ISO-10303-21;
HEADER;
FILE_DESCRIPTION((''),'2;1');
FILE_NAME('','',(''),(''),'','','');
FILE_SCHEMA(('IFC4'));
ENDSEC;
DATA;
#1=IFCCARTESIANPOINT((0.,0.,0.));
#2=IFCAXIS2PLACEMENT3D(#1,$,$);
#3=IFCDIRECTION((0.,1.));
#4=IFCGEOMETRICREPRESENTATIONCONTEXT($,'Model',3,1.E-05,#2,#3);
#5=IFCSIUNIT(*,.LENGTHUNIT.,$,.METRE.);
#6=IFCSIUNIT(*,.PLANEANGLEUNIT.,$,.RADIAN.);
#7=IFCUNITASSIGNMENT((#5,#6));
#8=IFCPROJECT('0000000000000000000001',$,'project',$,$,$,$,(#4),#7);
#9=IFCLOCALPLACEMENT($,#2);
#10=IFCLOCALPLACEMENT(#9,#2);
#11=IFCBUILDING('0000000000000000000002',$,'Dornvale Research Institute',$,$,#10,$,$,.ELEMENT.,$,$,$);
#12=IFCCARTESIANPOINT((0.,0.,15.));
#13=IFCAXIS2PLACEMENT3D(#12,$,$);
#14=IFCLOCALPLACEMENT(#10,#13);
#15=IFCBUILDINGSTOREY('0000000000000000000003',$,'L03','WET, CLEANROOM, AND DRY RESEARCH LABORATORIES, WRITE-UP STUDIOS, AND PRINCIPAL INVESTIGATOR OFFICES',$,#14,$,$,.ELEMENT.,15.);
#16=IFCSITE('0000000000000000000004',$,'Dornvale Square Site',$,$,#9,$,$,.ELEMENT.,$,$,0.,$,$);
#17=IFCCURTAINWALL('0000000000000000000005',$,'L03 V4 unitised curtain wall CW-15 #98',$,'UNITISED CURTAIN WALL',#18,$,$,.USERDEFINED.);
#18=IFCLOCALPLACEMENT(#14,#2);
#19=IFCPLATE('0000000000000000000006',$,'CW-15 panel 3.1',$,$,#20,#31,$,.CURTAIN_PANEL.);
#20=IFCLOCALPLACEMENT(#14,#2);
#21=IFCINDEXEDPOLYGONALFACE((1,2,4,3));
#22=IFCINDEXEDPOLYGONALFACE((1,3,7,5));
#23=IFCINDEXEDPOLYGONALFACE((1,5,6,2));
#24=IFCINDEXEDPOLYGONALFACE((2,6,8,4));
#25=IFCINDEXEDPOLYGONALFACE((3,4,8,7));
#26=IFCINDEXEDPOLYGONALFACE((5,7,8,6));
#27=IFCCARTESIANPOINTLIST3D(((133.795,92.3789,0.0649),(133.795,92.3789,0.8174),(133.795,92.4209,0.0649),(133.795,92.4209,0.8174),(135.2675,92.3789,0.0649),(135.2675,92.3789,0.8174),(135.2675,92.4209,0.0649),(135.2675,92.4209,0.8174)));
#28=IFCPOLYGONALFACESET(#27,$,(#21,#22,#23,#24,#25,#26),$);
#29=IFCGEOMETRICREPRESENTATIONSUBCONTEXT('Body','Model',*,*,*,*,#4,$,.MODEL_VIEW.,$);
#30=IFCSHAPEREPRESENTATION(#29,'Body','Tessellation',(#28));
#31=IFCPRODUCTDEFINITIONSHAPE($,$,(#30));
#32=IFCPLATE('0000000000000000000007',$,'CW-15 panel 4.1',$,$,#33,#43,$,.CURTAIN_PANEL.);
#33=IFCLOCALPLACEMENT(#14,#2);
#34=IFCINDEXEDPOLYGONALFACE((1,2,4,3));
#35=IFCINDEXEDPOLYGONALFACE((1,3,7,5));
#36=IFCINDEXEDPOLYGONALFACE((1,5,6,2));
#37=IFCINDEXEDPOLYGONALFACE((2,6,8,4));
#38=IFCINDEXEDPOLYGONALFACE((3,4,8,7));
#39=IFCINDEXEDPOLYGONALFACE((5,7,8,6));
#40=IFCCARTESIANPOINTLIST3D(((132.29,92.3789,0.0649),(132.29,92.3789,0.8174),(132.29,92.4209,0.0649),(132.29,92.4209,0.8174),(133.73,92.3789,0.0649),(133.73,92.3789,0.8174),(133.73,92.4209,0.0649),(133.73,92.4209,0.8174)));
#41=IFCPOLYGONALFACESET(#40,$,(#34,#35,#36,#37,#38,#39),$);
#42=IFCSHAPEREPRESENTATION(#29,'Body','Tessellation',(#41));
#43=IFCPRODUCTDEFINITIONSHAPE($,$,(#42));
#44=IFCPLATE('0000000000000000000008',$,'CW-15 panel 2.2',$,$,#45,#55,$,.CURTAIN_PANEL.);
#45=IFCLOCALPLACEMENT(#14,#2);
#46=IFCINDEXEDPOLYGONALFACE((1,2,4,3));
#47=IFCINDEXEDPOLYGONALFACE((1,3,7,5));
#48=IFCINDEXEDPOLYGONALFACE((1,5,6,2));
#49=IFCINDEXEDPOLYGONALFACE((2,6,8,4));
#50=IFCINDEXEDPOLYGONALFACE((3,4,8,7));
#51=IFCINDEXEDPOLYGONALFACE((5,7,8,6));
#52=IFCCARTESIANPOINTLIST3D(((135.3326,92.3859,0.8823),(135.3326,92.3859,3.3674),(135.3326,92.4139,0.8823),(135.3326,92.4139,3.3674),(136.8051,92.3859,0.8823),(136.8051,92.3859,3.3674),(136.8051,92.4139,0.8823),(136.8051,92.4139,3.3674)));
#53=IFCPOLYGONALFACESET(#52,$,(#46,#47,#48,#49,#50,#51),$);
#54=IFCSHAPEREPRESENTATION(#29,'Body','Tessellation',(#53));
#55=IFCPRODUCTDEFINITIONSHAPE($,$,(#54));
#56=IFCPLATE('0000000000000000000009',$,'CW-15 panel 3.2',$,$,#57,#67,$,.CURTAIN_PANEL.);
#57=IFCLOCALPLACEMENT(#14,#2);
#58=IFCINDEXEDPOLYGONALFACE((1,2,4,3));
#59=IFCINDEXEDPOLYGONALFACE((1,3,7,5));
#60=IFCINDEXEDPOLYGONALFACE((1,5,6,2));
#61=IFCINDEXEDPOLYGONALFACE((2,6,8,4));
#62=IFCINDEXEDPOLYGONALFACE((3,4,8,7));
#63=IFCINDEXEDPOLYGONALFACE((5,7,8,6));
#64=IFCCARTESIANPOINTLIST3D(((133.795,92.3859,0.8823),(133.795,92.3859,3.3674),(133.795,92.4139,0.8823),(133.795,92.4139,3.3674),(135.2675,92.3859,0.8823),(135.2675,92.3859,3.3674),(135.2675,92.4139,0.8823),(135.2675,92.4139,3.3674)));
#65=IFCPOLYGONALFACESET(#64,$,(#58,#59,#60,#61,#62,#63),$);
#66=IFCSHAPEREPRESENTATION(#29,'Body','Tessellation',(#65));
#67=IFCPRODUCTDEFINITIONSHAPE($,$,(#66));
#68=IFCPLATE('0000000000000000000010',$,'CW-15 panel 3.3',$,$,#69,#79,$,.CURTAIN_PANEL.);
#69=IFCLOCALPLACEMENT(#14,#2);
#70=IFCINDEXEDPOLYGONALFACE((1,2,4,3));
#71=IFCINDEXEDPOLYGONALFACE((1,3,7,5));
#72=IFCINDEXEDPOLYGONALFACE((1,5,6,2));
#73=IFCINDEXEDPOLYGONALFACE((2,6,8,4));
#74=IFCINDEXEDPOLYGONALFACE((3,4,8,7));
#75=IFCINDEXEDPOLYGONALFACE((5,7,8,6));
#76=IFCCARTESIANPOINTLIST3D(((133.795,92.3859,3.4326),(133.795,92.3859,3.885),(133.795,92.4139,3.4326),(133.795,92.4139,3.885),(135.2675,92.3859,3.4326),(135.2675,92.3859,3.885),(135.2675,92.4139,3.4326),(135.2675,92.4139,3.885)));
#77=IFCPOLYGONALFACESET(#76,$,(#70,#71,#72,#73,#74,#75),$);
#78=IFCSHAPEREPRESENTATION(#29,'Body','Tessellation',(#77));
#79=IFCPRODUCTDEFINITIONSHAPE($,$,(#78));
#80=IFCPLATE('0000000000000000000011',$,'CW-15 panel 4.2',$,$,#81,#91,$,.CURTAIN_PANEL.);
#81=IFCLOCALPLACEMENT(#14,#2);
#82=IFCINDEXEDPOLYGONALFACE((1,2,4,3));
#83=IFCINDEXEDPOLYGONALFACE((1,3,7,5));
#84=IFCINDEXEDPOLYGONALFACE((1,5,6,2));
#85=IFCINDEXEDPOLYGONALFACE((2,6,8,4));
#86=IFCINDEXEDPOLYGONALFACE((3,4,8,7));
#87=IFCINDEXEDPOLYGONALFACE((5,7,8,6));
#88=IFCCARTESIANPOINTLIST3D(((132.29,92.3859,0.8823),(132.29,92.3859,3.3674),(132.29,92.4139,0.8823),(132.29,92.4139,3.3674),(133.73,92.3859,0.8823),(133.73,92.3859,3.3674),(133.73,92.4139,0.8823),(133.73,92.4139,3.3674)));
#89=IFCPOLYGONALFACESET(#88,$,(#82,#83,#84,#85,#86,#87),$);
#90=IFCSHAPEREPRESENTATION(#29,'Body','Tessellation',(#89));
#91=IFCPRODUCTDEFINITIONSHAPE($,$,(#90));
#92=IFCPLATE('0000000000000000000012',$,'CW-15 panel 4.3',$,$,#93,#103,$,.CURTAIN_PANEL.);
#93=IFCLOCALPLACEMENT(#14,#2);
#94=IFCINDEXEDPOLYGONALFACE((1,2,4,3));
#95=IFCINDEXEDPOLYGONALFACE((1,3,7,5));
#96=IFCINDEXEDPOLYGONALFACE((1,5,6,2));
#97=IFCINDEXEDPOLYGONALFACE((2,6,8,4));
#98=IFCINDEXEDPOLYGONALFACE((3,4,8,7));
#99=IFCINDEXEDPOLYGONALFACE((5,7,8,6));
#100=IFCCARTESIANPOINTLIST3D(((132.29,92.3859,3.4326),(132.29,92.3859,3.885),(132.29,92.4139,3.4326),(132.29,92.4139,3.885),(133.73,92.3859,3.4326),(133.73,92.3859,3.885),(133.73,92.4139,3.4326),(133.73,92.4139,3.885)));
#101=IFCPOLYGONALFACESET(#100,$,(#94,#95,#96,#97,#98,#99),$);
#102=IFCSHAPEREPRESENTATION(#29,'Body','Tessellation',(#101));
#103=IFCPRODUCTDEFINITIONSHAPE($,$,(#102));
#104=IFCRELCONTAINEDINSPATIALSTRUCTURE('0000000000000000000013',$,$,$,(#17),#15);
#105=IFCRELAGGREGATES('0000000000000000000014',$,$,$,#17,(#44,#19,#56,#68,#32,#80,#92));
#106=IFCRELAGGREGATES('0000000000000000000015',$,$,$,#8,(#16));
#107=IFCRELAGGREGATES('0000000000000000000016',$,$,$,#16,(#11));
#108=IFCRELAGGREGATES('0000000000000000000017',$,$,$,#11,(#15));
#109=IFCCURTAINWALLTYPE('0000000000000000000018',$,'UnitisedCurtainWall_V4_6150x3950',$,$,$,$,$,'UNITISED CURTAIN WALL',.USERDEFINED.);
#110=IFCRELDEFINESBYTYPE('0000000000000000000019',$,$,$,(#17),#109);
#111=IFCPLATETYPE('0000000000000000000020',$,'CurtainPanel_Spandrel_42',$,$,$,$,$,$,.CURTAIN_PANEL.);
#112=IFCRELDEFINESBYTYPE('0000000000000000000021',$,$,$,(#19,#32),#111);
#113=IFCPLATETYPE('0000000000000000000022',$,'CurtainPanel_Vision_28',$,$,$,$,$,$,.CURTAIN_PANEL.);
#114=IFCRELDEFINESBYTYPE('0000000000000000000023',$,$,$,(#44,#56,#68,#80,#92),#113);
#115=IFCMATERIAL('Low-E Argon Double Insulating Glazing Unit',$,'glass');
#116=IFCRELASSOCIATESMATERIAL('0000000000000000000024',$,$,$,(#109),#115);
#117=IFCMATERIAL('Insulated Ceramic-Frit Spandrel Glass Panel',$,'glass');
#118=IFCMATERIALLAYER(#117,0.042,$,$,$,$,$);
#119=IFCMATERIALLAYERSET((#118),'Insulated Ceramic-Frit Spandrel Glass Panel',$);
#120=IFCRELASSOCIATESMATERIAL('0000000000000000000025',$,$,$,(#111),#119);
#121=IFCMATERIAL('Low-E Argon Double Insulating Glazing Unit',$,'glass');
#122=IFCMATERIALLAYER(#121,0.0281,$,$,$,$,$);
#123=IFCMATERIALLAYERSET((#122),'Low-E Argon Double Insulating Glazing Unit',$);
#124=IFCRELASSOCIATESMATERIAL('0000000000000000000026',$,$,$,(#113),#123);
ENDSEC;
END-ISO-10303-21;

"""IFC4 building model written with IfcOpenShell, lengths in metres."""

from ifc_helpers import new_model, si_unit, direction, frame, origin, origin_2d, place, context, subcontext, project, spatial, rectangle, extrude, material, layer, layer_set, type_object, element, aggregate, save


model = new_model("IFC4")

# Units and contexts
model_context = context("Model", 3, precision=1e-05, world=origin(), true_north=direction((0.0, 1.0)))
body_context = subcontext(model_context, "Body", "Model", "MODEL_VIEW")
ifc_project = project(units=[si_unit("LENGTHUNIT", "METRE"), si_unit("PLANEANGLEUNIT", "RADIAN")], contexts=[model_context])

# Site, building, storey
site_placement = place(None, origin())
site = spatial("IfcSite", under=ifc_project, at=site_placement, Name="Dornvale Square Site", CompositionType="ELEMENT", RefElevation=0.0)
building_placement = place(site_placement, origin())
building = spatial("IfcBuilding", under=site, at=building_placement, Name="Dornvale Research Institute", CompositionType="ELEMENT")
storey_placement = place(building_placement, frame((0.0, 0.0, 15.0)))
storey = spatial("IfcBuildingStorey", under=building, at=storey_placement, Name="L03", Description="WET, CLEANROOM, AND DRY RESEARCH LABORATORIES, WRITE-UP STUDIOS, AND PRINCIPAL INVESTIGATOR OFFICES", CompositionType="ELEMENT", Elevation=15.0)

# Curtain wall
ifc_material_1 = material(Name="Low-E Argon Double Insulating Glazing Unit", Category="glass")
curtain_wall_type = type_object("IfcCurtainWallType", Name="UnitisedCurtainWall_V4_6150x3950", ElementType="UNITISED CURTAIN WALL", PredefinedType="USERDEFINED", material=ifc_material_1)
curtain_wall_placement = place(storey_placement, origin())
curtain_wall = element("IfcCurtainWall", 1, at=curtain_wall_placement, inside=storey, type_object=curtain_wall_type, Name="L03 V4 unitised curtain wall CW-15 #98", ObjectType="UNITISED CURTAIN WALL", PredefinedType="USERDEFINED")

# Plates
ifc_material_2 = material(Name="Insulated Ceramic-Frit Spandrel Glass Panel", Category="glass")
ifc_layer_1 = layer(ifc_material_2, 0.042)
ifc_layer_set_1 = layer_set([ifc_layer_1], Name="Insulated Ceramic-Frit Spandrel Glass Panel")
plate_type_1 = type_object("IfcPlateType", Name="CurtainPanel_Spandrel_42", PredefinedType="CURTAIN_PANEL", material=ifc_layer_set_1)
plate_1_placement = place(storey_placement, frame((134.5312, 92.3999, 0.0649), z_axis=(0.0, 0.0, 1.0), x_axis=(-1.0, 0.0, 0.0)))
plate_1 = element("IfcPlate", 2, at=plate_1_placement, type_object=plate_type_1, Name="CW-15 panel 3.1", PredefinedType="CURTAIN_PANEL", context=body_context, shape_type="SweptSolid", body=[
    extrude(rectangle(XDim=1.4724, YDim=0.042, at=origin_2d()), origin(), (0.0, 0.0, 1.0), 0.7524),
])
plate_2_placement = place(storey_placement, frame((133.01, 92.3999, 0.0649), z_axis=(0.0, 0.0, 1.0), x_axis=(-1.0, 0.0, 0.0)))
plate_2 = element("IfcPlate", 3, at=plate_2_placement, type_object=plate_type_1, Name="CW-15 panel 4.1", PredefinedType="CURTAIN_PANEL", context=body_context, shape_type="SweptSolid", body=[
    extrude(rectangle(XDim=1.4399, YDim=0.042, at=origin_2d()), origin(), (0.0, 0.0, 1.0), 0.7524),
])
ifc_material_3 = material(Name="Low-E Argon Double Insulating Glazing Unit", Category="glass")
ifc_layer_2 = layer(ifc_material_3, 0.0281)
ifc_layer_set_2 = layer_set([ifc_layer_2], Name="Low-E Argon Double Insulating Glazing Unit")
plate_type_2 = type_object("IfcPlateType", Name="CurtainPanel_Vision_28", PredefinedType="CURTAIN_PANEL", material=ifc_layer_set_2)
plate_3_placement = place(storey_placement, frame((136.0688, 92.3999, 0.8823), z_axis=(0.0, 0.0, 1.0), x_axis=(-1.0, 0.0, 0.0)))
plate_3 = element("IfcPlate", 4, at=plate_3_placement, type_object=plate_type_2, Name="CW-15 panel 2.2", PredefinedType="CURTAIN_PANEL", context=body_context, shape_type="SweptSolid", body=[
    extrude(rectangle(XDim=1.4724, YDim=0.0281, at=origin_2d()), origin(), (0.0, 0.0, 1.0), 2.4851),
])
plate_4_placement = place(storey_placement, frame((134.5312, 92.3999, 0.8823), z_axis=(0.0, 0.0, 1.0), x_axis=(-1.0, 0.0, 0.0)))
plate_4 = element("IfcPlate", 5, at=plate_4_placement, type_object=plate_type_2, Name="CW-15 panel 3.2", PredefinedType="CURTAIN_PANEL", context=body_context, shape_type="SweptSolid", body=[
    extrude(rectangle(XDim=1.4724, YDim=0.0281, at=origin_2d()), origin(), (0.0, 0.0, 1.0), 2.4851),
])
plate_5_placement = place(storey_placement, frame((134.5312, 92.3999, 3.4326), z_axis=(0.0, 0.0, 1.0), x_axis=(-1.0, 0.0, 0.0)))
plate_5 = element("IfcPlate", 6, at=plate_5_placement, type_object=plate_type_2, Name="CW-15 panel 3.3", PredefinedType="CURTAIN_PANEL", context=body_context, shape_type="SweptSolid", body=[
    extrude(rectangle(XDim=1.4724, YDim=0.0281, at=origin_2d()), origin(), (0.0, 0.0, 1.0), 0.4524),
])
plate_6_placement = place(storey_placement, frame((133.01, 92.3999, 0.8823), z_axis=(0.0, 0.0, 1.0), x_axis=(-1.0, 0.0, 0.0)))
plate_6 = element("IfcPlate", 7, at=plate_6_placement, type_object=plate_type_2, Name="CW-15 panel 4.2", PredefinedType="CURTAIN_PANEL", context=body_context, shape_type="SweptSolid", body=[
    extrude(rectangle(XDim=1.4399, YDim=0.0281, at=origin_2d()), origin(), (0.0, 0.0, 1.0), 2.4851),
])
plate_7_placement = place(storey_placement, frame((133.01, 92.3999, 3.4326), z_axis=(0.0, 0.0, 1.0), x_axis=(-1.0, 0.0, 0.0)))
plate_7 = element("IfcPlate", 8, at=plate_7_placement, type_object=plate_type_2, Name="CW-15 panel 4.3", PredefinedType="CURTAIN_PANEL", context=body_context, shape_type="SweptSolid", body=[
    extrude(rectangle(XDim=1.4399, YDim=0.0281, at=origin_2d()), origin(), (0.0, 0.0, 1.0), 0.4524),
])
aggregate(curtain_wall, [plate_3, plate_1, plate_4, plate_5, plate_2, plate_6, plate_7])

save(model, "model.ifc")
